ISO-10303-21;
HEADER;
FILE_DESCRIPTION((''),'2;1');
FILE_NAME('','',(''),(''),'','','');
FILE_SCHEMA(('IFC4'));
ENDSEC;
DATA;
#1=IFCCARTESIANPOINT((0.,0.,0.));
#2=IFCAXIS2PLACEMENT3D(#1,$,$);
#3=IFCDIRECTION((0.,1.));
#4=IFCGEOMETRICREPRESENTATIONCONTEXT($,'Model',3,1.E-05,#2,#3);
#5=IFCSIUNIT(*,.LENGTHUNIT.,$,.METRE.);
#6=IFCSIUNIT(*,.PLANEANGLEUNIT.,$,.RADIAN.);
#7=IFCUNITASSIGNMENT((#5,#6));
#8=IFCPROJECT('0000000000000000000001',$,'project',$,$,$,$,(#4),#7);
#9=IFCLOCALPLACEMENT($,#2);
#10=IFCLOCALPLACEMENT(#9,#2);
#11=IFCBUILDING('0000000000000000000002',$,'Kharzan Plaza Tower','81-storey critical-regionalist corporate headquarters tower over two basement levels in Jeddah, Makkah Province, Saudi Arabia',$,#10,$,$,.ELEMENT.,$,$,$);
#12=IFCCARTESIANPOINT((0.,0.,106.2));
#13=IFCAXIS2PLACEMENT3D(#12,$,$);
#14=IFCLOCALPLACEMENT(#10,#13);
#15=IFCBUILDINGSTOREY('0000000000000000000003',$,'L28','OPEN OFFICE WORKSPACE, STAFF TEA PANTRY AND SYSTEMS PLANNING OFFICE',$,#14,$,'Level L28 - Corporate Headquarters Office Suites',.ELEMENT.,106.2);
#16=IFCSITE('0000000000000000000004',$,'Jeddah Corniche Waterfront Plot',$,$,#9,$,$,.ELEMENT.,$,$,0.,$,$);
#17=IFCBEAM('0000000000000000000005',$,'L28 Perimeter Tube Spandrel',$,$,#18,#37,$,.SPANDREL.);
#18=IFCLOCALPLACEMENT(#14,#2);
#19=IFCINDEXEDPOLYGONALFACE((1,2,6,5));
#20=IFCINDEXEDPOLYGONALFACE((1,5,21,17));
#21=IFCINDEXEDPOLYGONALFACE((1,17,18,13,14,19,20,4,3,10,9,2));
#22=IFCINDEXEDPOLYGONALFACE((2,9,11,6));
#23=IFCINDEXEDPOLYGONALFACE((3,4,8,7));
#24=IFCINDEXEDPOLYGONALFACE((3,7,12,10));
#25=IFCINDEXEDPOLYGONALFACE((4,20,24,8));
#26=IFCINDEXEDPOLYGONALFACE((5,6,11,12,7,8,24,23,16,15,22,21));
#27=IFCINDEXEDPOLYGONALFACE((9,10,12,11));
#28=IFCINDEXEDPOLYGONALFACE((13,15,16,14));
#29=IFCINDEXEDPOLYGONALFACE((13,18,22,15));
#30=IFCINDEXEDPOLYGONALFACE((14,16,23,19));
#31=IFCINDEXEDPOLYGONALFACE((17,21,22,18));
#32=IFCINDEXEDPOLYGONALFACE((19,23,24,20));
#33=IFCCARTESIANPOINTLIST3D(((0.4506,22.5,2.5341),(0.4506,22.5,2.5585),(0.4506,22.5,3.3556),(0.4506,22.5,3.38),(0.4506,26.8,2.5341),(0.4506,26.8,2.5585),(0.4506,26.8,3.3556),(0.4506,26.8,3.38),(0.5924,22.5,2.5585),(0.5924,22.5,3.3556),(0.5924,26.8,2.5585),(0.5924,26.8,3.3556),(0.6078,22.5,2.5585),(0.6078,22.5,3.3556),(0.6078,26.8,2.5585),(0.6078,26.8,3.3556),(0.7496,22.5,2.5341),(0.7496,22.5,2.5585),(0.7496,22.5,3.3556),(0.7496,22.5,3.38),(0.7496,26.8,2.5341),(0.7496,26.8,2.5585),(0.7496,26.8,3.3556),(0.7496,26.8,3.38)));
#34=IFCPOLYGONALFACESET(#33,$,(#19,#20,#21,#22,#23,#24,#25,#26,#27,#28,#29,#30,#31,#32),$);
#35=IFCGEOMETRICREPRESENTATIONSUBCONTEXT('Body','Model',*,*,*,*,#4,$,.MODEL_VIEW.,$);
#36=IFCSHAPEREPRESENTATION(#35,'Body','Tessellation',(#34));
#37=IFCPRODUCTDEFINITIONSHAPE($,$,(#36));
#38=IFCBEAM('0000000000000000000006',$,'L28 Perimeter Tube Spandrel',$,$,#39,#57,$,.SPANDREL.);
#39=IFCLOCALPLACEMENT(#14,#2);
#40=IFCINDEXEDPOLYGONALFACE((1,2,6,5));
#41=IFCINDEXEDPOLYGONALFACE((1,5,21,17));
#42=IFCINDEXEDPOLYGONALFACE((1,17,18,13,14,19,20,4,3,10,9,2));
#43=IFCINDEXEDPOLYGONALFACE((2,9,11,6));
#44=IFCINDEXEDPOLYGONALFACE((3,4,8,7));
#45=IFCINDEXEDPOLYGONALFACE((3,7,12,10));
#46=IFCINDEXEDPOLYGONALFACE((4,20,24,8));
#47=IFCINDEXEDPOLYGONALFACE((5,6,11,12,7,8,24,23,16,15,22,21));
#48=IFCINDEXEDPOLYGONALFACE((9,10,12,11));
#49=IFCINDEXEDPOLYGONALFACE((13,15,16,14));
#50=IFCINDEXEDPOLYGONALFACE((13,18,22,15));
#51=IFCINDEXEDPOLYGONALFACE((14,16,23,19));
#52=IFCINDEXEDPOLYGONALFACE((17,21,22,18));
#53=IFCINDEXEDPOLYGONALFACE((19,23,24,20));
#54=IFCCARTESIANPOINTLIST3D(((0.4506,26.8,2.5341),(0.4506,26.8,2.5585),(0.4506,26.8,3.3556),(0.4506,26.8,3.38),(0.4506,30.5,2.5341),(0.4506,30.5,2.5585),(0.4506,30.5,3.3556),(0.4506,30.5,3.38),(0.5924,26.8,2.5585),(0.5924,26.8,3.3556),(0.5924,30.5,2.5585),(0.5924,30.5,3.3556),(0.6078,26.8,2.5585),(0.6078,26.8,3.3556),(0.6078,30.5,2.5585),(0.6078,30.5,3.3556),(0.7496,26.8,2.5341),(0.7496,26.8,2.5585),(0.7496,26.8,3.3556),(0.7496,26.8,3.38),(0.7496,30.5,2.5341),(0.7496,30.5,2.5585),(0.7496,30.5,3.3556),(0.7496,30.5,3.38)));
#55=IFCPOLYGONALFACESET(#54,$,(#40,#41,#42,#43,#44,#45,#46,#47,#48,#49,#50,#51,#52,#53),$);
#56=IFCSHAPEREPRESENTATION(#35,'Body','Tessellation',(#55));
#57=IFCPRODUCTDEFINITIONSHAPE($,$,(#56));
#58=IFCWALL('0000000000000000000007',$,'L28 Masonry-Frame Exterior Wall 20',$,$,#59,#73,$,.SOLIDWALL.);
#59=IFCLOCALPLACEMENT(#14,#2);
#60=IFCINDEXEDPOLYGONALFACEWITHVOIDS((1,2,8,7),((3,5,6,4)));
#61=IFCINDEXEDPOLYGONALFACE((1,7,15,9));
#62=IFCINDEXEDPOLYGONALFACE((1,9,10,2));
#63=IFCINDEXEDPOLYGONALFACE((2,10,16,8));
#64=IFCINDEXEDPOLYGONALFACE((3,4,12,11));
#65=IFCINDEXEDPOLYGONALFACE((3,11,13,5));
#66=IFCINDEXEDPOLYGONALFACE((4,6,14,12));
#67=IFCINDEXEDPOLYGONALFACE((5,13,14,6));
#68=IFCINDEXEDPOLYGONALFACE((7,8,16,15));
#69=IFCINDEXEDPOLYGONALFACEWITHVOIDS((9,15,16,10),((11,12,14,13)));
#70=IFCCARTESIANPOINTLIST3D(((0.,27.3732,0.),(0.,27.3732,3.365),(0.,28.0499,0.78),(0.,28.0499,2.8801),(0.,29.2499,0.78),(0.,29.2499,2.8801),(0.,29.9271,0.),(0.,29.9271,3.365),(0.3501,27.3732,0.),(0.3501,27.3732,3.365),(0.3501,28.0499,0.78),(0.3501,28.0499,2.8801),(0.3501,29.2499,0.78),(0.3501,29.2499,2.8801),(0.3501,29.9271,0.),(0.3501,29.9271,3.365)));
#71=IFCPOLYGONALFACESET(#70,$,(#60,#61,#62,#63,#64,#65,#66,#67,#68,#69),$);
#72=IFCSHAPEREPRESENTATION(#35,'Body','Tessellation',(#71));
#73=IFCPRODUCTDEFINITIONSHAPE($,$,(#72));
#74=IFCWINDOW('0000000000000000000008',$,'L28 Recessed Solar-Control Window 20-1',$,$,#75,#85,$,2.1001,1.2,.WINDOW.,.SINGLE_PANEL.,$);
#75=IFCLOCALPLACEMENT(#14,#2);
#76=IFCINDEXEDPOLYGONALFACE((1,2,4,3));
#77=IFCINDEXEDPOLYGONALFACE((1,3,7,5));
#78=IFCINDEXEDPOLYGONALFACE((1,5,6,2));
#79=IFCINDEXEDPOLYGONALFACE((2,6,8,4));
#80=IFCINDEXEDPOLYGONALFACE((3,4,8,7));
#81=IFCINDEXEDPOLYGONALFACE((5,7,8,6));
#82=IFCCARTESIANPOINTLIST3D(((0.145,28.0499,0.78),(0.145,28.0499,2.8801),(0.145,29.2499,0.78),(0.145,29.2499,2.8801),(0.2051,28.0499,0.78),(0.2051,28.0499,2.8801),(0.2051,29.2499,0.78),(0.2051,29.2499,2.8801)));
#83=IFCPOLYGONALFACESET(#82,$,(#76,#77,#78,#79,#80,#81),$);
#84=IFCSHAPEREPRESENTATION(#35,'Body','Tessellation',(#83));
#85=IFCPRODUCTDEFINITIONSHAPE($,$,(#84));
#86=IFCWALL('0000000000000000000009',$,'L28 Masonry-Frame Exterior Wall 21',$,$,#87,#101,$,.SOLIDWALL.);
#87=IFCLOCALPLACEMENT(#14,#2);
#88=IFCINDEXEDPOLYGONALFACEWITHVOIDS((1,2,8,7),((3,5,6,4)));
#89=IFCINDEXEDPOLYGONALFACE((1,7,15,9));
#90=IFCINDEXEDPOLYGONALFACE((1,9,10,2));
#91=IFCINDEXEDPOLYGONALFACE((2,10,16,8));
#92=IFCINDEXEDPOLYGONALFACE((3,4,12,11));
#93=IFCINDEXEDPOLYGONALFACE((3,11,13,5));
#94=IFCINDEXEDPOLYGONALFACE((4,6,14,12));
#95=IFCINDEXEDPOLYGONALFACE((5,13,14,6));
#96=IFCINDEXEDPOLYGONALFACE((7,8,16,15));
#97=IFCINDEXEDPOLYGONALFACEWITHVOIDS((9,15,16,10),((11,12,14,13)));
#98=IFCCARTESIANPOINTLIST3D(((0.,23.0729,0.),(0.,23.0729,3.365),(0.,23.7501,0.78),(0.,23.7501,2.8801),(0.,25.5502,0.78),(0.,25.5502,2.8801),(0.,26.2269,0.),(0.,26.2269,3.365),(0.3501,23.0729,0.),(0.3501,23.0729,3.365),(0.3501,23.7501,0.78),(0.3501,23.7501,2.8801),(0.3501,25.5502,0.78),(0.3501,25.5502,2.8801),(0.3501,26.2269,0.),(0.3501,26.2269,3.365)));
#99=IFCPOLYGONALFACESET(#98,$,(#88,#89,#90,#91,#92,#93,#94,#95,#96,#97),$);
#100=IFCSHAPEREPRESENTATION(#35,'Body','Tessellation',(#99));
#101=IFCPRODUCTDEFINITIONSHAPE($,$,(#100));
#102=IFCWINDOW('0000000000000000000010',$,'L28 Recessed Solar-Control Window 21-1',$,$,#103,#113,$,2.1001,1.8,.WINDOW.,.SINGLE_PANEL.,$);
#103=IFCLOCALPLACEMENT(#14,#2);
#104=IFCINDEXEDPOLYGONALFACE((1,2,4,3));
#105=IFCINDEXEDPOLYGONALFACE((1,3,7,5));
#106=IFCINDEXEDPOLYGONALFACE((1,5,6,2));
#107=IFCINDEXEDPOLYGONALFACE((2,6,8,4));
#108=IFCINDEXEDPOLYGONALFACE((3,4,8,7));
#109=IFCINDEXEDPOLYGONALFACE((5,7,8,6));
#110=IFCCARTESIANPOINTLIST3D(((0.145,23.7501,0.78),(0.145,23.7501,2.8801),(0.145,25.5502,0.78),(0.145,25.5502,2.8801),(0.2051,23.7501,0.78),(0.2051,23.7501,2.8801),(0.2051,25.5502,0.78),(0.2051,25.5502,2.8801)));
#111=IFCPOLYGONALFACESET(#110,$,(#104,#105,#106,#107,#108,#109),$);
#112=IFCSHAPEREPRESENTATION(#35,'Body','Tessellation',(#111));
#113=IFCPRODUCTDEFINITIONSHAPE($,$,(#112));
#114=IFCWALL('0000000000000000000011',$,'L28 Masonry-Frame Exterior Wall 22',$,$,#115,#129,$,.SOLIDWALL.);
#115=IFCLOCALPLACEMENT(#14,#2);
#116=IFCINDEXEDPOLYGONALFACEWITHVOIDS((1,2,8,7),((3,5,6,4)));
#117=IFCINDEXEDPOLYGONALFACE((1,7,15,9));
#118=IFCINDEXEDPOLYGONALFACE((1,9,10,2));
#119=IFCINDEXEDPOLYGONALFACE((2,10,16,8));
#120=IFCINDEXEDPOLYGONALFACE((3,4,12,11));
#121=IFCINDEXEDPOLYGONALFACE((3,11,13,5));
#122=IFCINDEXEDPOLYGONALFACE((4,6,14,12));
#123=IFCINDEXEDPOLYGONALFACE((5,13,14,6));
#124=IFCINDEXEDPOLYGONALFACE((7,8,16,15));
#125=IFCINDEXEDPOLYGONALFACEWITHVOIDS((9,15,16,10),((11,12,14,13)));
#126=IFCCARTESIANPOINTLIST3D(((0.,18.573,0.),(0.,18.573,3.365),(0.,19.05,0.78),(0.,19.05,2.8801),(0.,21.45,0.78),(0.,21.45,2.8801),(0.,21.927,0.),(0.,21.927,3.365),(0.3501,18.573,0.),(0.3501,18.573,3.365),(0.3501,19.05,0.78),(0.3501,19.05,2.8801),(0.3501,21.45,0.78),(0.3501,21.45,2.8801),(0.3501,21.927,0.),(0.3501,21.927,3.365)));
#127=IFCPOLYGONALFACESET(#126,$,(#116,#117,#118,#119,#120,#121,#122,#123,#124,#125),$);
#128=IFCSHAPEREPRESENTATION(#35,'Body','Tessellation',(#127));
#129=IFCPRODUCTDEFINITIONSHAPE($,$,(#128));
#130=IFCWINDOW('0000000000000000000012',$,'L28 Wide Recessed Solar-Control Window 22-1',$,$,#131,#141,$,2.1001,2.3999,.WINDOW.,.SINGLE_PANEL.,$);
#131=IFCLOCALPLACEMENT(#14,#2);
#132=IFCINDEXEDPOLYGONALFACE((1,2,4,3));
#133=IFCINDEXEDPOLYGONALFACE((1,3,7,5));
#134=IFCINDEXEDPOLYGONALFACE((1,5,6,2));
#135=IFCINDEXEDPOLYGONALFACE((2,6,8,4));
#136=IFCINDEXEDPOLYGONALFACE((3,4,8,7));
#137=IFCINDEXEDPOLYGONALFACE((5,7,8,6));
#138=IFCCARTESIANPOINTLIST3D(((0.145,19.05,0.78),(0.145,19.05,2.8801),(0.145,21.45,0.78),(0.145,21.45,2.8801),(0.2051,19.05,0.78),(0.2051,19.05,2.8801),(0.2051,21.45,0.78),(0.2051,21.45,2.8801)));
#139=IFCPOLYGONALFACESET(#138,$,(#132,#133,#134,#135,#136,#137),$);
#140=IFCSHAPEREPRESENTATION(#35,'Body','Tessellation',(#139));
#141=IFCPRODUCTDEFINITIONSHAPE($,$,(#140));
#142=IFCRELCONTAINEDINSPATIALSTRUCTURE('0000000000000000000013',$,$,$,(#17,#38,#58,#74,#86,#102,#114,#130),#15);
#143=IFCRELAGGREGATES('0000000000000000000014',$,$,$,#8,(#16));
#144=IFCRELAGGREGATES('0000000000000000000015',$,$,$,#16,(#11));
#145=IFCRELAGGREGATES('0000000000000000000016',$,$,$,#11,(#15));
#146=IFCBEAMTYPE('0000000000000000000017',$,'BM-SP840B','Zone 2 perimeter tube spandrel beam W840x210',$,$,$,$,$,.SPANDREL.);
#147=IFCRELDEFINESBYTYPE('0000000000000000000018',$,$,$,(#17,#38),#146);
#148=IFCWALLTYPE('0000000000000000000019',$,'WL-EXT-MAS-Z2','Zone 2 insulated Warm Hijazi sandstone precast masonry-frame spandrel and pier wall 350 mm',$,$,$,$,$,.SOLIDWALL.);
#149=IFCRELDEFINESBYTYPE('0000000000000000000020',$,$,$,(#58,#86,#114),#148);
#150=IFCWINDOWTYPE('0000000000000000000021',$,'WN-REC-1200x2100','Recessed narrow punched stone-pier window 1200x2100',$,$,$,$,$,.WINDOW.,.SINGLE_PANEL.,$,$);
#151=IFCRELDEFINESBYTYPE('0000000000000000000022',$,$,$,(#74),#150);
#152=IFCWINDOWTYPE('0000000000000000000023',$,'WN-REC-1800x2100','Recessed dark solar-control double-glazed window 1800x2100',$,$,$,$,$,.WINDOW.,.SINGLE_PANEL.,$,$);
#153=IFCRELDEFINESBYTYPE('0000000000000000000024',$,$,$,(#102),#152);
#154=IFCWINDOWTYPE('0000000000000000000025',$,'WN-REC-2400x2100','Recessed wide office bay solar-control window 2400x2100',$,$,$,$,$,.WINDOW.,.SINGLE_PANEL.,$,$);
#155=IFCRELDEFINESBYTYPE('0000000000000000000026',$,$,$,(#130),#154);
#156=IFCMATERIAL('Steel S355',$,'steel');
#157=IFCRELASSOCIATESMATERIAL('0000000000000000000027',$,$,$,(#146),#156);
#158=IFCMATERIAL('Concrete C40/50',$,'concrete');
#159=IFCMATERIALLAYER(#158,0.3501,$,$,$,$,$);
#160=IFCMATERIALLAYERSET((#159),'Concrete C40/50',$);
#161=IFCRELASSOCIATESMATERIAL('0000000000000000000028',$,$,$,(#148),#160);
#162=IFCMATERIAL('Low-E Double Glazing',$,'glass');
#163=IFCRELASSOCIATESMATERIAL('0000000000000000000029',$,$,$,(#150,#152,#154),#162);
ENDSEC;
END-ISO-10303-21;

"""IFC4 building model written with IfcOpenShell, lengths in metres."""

from ifc_helpers import new_model, si_unit, direction, frame, frame_2d, origin, origin_2d, place, context, subcontext, project, spatial, rectangle, i_section, extrude, source, transform, mapped, material, layer, layer_set, material_profile, profile_set, type_object, element, fill, save


model = new_model("IFC4")

# Units and contexts
model_context = context("Model", 3, precision=1e-05, world=origin(), true_north=direction((0.0, 1.0)))
body_context = subcontext(model_context, "Body", "Model", "MODEL_VIEW")
ifc_project = project(units=[si_unit("LENGTHUNIT", "METRE"), si_unit("PLANEANGLEUNIT", "RADIAN")], contexts=[model_context])

# Site, building, storey
site_placement = place(None, origin())
site = spatial("IfcSite", under=ifc_project, at=site_placement, Name="Jeddah Corniche Waterfront Plot", CompositionType="ELEMENT", RefElevation=0.0)
building_placement = place(site_placement, origin())
building = spatial("IfcBuilding", under=site, at=building_placement, Name="Kharzan Plaza Tower", Description="81-storey critical-regionalist corporate headquarters tower over two basement levels in Jeddah, Makkah Province, Saudi Arabia", CompositionType="ELEMENT")
storey_placement = place(building_placement, frame((0.0, 0.0, 106.2)))
storey = spatial("IfcBuildingStorey", under=building, at=storey_placement, Name="L28", Description="OPEN OFFICE WORKSPACE, STAFF TEA PANTRY AND SYSTEMS PLANNING OFFICE", LongName="Level L28 - Corporate Headquarters Office Suites", CompositionType="ELEMENT", Elevation=106.2)

# Beams
ifc_material_1 = material(Name="Steel S355", Category="steel")
ifc_material_profile_1 = material_profile(ifc_material_1, i_section(OverallWidth=0.2991, OverallDepth=0.8459, WebThickness=0.0154, FlangeThickness=0.0244, at=origin_2d()), Name="W840x210")
ifc_profile_set_1 = profile_set([ifc_material_profile_1], Name="Steel S355")
beam_type_1 = type_object("IfcBeamType", Name="BM-SP840B", Description="Zone 2 perimeter tube spandrel beam W840x210", PredefinedType="SPANDREL", material=ifc_profile_set_1)
shared_shape_1 = source(origin(), body_context, "Body", "SweptSolid", [
    extrude(i_section(OverallWidth=0.2991, OverallDepth=0.8459, WebThickness=0.0154, FlangeThickness=0.0244, at=origin_2d()), origin(), (0.0, 0.0, 1.0), 4.3),
])
beam_1_placement = place(storey_placement, frame((0.6001, 22.5, 2.957), z_axis=(0.0, 1.0, 0.0), x_axis=(-1.0, 0.0, 0.0)))
element("IfcBeam", 1, at=beam_1_placement, inside=storey, type_object=beam_type_1, Name="L28 Perimeter Tube Spandrel", PredefinedType="SPANDREL", context=body_context, shape_type="MappedRepresentation", body=[
    mapped(shared_shape_1, transform((0.0, 0.0, 0.0), x_axis=(1.0, 0.0, 0.0), y_axis=(0.0, 1.0, 0.0), z_axis=(0.0, 0.0, 1.0))),
])
shared_shape_2 = source(origin(), body_context, "Body", "SweptSolid", [
    extrude(i_section(OverallWidth=0.2991, OverallDepth=0.8459, WebThickness=0.0154, FlangeThickness=0.0244, at=origin_2d()), origin(), (0.0, 0.0, 1.0), 3.7),
])
beam_2_placement = place(storey_placement, frame((0.6001, 26.8, 2.957), z_axis=(0.0, 1.0, 0.0), x_axis=(-1.0, 0.0, 0.0)))
element("IfcBeam", 2, at=beam_2_placement, inside=storey, type_object=beam_type_1, Name="L28 Perimeter Tube Spandrel", PredefinedType="SPANDREL", context=body_context, shape_type="MappedRepresentation", body=[
    mapped(shared_shape_2, transform((0.0, 0.0, 0.0), x_axis=(1.0, 0.0, 0.0), y_axis=(0.0, 1.0, 0.0), z_axis=(0.0, 0.0, 1.0))),
])

# Walls, openings, windows
ifc_material_2 = material(Name="Concrete C40/50", Category="concrete")
ifc_layer_1 = layer(ifc_material_2, 0.3501)
ifc_layer_set_1 = layer_set([ifc_layer_1], Name="Concrete C40/50")
wall_type_1 = type_object("IfcWallType", Name="WL-EXT-MAS-Z2", Description="Zone 2 insulated Warm Hijazi sandstone precast masonry-frame spandrel and pier wall 350 mm", PredefinedType="SOLIDWALL", material=ifc_layer_set_1)
wall_1_placement = place(storey_placement, frame((0.175, 29.927, 0.0), z_axis=(0.0, 0.0, 1.0), x_axis=(0.0, -1.0, 0.0)))
wall_1 = element("IfcWall", 3, at=wall_1_placement, inside=storey, type_object=wall_type_1, Name="L28 Masonry-Frame Exterior Wall 20", PredefinedType="SOLIDWALL", context=body_context, shape_type="SweptSolid", body=[
    extrude(rectangle(XDim=2.554, YDim=0.3501, at=frame_2d((1.2769, 0.0))), origin(), (0.0, 0.0, 1.0), 3.365),
])
opening_1_placement = place(wall_1_placement, frame((0.677, 0.0, 0.78)))
opening_1 = element("IfcOpeningElement", 4, at=opening_1_placement, cuts=wall_1, PredefinedType="OPENING", context=body_context, shape_type="SweptSolid", body=[
    extrude(rectangle(XDim=1.2, YDim=2.1001, at=frame_2d((0.6001, 1.05))), frame((0.0, 0.1851, 0.0), z_axis=(0.0, -1.0, 0.0), x_axis=(1.0, 0.0, 0.0)), (0.0, 0.0, 1.0), 0.3701),
])
ifc_material_3 = material(Name="Low-E Double Glazing", Category="glass")
window_type_1 = type_object("IfcWindowType", Name="WN-REC-1200x2100", Description="Recessed narrow punched stone-pier window 1200x2100", PartitioningType="SINGLE_PANEL", PredefinedType="WINDOW", material=ifc_material_3)
shared_shape_3 = source(origin(), body_context, "Body", "SweptSolid", [
    extrude(rectangle(XDim=1.2, YDim=2.1001, at=frame_2d((0.6001, 1.05))), frame((0.0, 0.03, 0.0), z_axis=(0.0, -1.0, 0.0), x_axis=(1.0, 0.0, 0.0)), (0.0, 0.0, 1.0), 0.0601),
])
window_1_placement = place(opening_1_placement, origin())
window_1 = element("IfcWindow", 5, at=window_1_placement, inside=storey, type_object=window_type_1, Name="L28 Recessed Solar-Control Window 20-1", OverallHeight=2.1001, OverallWidth=1.2, PartitioningType="SINGLE_PANEL", PredefinedType="WINDOW", context=body_context, shape_type="MappedRepresentation", body=[
    mapped(shared_shape_3, transform((0.0, 0.0, 0.0), x_axis=(1.0, 0.0, 0.0), y_axis=(0.0, 1.0, 0.0), z_axis=(0.0, 0.0, 1.0))),
])
fill(opening_1, window_1)
wall_2_placement = place(storey_placement, frame((0.175, 26.2271, 0.0), z_axis=(0.0, 0.0, 1.0), x_axis=(0.0, -1.0, 0.0)))
wall_2 = element("IfcWall", 6, at=wall_2_placement, inside=storey, type_object=wall_type_1, Name="L28 Masonry-Frame Exterior Wall 21", PredefinedType="SOLIDWALL", context=body_context, shape_type="SweptSolid", body=[
    extrude(rectangle(XDim=3.1541, YDim=0.3501, at=frame_2d((1.5771, 0.0))), origin(), (0.0, 0.0, 1.0), 3.365),
])
opening_2_placement = place(wall_2_placement, frame((0.677, 0.0, 0.78)))
opening_2 = element("IfcOpeningElement", 7, at=opening_2_placement, cuts=wall_2, PredefinedType="OPENING", context=body_context, shape_type="SweptSolid", body=[
    extrude(rectangle(XDim=1.8, YDim=2.1001, at=frame_2d((0.8999, 1.05))), frame((0.0, 0.1851, 0.0), z_axis=(0.0, -1.0, 0.0), x_axis=(1.0, 0.0, 0.0)), (0.0, 0.0, 1.0), 0.3701),
])
window_type_2 = type_object("IfcWindowType", Name="WN-REC-1800x2100", Description="Recessed dark solar-control double-glazed window 1800x2100", PartitioningType="SINGLE_PANEL", PredefinedType="WINDOW", material=ifc_material_3)
shared_shape_4 = source(origin(), body_context, "Body", "SweptSolid", [
    extrude(rectangle(XDim=1.8, YDim=2.1001, at=frame_2d((0.8999, 1.05))), frame((0.0, 0.03, 0.0), z_axis=(0.0, -1.0, 0.0), x_axis=(1.0, 0.0, 0.0)), (0.0, 0.0, 1.0), 0.0601),
])
window_2_placement = place(opening_2_placement, origin())
window_2 = element("IfcWindow", 8, at=window_2_placement, inside=storey, type_object=window_type_2, Name="L28 Recessed Solar-Control Window 21-1", OverallHeight=2.1001, OverallWidth=1.8, PartitioningType="SINGLE_PANEL", PredefinedType="WINDOW", context=body_context, shape_type="MappedRepresentation", body=[
    mapped(shared_shape_4, transform((0.0, 0.0, 0.0), x_axis=(1.0, 0.0, 0.0), y_axis=(0.0, 1.0, 0.0), z_axis=(0.0, 0.0, 1.0))),
])
fill(opening_2, window_2)
wall_3_placement = place(storey_placement, frame((0.175, 21.927, 0.0), z_axis=(0.0, 0.0, 1.0), x_axis=(0.0, -1.0, 0.0)))
wall_3 = element("IfcWall", 9, at=wall_3_placement, inside=storey, type_object=wall_type_1, Name="L28 Masonry-Frame Exterior Wall 22", PredefinedType="SOLIDWALL", context=body_context, shape_type="SweptSolid", body=[
    extrude(rectangle(XDim=3.354, YDim=0.3501, at=frame_2d((1.677, 0.0))), origin(), (0.0, 0.0, 1.0), 3.365),
])
opening_3_placement = place(wall_3_placement, frame((0.4771, 0.0, 0.78)))
opening_3 = element("IfcOpeningElement", 10, at=opening_3_placement, cuts=wall_3, PredefinedType="OPENING", context=body_context, shape_type="SweptSolid", body=[
    extrude(rectangle(XDim=2.3999, YDim=2.1001, at=frame_2d((1.2, 1.05))), frame((0.0, 0.1851, 0.0), z_axis=(0.0, -1.0, 0.0), x_axis=(1.0, 0.0, 0.0)), (0.0, 0.0, 1.0), 0.3701),
])
window_type_3 = type_object("IfcWindowType", Name="WN-REC-2400x2100", Description="Recessed wide office bay solar-control window 2400x2100", PartitioningType="SINGLE_PANEL", PredefinedType="WINDOW", material=ifc_material_3)
shared_shape_5 = source(origin(), body_context, "Body", "SweptSolid", [
    extrude(rectangle(XDim=2.3999, YDim=2.1001, at=frame_2d((1.2, 1.05))), frame((0.0, 0.03, 0.0), z_axis=(0.0, -1.0, 0.0), x_axis=(1.0, 0.0, 0.0)), (0.0, 0.0, 1.0), 0.0601),
])
window_3_placement = place(opening_3_placement, origin())
window_3 = element("IfcWindow", 11, at=window_3_placement, inside=storey, type_object=window_type_3, Name="L28 Wide Recessed Solar-Control Window 22-1", OverallHeight=2.1001, OverallWidth=2.3999, PartitioningType="SINGLE_PANEL", PredefinedType="WINDOW", context=body_context, shape_type="MappedRepresentation", body=[
    mapped(shared_shape_5, transform((0.0, 0.0, 0.0), x_axis=(1.0, 0.0, 0.0), y_axis=(0.0, 1.0, 0.0), z_axis=(0.0, 0.0, 1.0))),
])
fill(opening_3, window_3)

save(model, "model.ifc")
